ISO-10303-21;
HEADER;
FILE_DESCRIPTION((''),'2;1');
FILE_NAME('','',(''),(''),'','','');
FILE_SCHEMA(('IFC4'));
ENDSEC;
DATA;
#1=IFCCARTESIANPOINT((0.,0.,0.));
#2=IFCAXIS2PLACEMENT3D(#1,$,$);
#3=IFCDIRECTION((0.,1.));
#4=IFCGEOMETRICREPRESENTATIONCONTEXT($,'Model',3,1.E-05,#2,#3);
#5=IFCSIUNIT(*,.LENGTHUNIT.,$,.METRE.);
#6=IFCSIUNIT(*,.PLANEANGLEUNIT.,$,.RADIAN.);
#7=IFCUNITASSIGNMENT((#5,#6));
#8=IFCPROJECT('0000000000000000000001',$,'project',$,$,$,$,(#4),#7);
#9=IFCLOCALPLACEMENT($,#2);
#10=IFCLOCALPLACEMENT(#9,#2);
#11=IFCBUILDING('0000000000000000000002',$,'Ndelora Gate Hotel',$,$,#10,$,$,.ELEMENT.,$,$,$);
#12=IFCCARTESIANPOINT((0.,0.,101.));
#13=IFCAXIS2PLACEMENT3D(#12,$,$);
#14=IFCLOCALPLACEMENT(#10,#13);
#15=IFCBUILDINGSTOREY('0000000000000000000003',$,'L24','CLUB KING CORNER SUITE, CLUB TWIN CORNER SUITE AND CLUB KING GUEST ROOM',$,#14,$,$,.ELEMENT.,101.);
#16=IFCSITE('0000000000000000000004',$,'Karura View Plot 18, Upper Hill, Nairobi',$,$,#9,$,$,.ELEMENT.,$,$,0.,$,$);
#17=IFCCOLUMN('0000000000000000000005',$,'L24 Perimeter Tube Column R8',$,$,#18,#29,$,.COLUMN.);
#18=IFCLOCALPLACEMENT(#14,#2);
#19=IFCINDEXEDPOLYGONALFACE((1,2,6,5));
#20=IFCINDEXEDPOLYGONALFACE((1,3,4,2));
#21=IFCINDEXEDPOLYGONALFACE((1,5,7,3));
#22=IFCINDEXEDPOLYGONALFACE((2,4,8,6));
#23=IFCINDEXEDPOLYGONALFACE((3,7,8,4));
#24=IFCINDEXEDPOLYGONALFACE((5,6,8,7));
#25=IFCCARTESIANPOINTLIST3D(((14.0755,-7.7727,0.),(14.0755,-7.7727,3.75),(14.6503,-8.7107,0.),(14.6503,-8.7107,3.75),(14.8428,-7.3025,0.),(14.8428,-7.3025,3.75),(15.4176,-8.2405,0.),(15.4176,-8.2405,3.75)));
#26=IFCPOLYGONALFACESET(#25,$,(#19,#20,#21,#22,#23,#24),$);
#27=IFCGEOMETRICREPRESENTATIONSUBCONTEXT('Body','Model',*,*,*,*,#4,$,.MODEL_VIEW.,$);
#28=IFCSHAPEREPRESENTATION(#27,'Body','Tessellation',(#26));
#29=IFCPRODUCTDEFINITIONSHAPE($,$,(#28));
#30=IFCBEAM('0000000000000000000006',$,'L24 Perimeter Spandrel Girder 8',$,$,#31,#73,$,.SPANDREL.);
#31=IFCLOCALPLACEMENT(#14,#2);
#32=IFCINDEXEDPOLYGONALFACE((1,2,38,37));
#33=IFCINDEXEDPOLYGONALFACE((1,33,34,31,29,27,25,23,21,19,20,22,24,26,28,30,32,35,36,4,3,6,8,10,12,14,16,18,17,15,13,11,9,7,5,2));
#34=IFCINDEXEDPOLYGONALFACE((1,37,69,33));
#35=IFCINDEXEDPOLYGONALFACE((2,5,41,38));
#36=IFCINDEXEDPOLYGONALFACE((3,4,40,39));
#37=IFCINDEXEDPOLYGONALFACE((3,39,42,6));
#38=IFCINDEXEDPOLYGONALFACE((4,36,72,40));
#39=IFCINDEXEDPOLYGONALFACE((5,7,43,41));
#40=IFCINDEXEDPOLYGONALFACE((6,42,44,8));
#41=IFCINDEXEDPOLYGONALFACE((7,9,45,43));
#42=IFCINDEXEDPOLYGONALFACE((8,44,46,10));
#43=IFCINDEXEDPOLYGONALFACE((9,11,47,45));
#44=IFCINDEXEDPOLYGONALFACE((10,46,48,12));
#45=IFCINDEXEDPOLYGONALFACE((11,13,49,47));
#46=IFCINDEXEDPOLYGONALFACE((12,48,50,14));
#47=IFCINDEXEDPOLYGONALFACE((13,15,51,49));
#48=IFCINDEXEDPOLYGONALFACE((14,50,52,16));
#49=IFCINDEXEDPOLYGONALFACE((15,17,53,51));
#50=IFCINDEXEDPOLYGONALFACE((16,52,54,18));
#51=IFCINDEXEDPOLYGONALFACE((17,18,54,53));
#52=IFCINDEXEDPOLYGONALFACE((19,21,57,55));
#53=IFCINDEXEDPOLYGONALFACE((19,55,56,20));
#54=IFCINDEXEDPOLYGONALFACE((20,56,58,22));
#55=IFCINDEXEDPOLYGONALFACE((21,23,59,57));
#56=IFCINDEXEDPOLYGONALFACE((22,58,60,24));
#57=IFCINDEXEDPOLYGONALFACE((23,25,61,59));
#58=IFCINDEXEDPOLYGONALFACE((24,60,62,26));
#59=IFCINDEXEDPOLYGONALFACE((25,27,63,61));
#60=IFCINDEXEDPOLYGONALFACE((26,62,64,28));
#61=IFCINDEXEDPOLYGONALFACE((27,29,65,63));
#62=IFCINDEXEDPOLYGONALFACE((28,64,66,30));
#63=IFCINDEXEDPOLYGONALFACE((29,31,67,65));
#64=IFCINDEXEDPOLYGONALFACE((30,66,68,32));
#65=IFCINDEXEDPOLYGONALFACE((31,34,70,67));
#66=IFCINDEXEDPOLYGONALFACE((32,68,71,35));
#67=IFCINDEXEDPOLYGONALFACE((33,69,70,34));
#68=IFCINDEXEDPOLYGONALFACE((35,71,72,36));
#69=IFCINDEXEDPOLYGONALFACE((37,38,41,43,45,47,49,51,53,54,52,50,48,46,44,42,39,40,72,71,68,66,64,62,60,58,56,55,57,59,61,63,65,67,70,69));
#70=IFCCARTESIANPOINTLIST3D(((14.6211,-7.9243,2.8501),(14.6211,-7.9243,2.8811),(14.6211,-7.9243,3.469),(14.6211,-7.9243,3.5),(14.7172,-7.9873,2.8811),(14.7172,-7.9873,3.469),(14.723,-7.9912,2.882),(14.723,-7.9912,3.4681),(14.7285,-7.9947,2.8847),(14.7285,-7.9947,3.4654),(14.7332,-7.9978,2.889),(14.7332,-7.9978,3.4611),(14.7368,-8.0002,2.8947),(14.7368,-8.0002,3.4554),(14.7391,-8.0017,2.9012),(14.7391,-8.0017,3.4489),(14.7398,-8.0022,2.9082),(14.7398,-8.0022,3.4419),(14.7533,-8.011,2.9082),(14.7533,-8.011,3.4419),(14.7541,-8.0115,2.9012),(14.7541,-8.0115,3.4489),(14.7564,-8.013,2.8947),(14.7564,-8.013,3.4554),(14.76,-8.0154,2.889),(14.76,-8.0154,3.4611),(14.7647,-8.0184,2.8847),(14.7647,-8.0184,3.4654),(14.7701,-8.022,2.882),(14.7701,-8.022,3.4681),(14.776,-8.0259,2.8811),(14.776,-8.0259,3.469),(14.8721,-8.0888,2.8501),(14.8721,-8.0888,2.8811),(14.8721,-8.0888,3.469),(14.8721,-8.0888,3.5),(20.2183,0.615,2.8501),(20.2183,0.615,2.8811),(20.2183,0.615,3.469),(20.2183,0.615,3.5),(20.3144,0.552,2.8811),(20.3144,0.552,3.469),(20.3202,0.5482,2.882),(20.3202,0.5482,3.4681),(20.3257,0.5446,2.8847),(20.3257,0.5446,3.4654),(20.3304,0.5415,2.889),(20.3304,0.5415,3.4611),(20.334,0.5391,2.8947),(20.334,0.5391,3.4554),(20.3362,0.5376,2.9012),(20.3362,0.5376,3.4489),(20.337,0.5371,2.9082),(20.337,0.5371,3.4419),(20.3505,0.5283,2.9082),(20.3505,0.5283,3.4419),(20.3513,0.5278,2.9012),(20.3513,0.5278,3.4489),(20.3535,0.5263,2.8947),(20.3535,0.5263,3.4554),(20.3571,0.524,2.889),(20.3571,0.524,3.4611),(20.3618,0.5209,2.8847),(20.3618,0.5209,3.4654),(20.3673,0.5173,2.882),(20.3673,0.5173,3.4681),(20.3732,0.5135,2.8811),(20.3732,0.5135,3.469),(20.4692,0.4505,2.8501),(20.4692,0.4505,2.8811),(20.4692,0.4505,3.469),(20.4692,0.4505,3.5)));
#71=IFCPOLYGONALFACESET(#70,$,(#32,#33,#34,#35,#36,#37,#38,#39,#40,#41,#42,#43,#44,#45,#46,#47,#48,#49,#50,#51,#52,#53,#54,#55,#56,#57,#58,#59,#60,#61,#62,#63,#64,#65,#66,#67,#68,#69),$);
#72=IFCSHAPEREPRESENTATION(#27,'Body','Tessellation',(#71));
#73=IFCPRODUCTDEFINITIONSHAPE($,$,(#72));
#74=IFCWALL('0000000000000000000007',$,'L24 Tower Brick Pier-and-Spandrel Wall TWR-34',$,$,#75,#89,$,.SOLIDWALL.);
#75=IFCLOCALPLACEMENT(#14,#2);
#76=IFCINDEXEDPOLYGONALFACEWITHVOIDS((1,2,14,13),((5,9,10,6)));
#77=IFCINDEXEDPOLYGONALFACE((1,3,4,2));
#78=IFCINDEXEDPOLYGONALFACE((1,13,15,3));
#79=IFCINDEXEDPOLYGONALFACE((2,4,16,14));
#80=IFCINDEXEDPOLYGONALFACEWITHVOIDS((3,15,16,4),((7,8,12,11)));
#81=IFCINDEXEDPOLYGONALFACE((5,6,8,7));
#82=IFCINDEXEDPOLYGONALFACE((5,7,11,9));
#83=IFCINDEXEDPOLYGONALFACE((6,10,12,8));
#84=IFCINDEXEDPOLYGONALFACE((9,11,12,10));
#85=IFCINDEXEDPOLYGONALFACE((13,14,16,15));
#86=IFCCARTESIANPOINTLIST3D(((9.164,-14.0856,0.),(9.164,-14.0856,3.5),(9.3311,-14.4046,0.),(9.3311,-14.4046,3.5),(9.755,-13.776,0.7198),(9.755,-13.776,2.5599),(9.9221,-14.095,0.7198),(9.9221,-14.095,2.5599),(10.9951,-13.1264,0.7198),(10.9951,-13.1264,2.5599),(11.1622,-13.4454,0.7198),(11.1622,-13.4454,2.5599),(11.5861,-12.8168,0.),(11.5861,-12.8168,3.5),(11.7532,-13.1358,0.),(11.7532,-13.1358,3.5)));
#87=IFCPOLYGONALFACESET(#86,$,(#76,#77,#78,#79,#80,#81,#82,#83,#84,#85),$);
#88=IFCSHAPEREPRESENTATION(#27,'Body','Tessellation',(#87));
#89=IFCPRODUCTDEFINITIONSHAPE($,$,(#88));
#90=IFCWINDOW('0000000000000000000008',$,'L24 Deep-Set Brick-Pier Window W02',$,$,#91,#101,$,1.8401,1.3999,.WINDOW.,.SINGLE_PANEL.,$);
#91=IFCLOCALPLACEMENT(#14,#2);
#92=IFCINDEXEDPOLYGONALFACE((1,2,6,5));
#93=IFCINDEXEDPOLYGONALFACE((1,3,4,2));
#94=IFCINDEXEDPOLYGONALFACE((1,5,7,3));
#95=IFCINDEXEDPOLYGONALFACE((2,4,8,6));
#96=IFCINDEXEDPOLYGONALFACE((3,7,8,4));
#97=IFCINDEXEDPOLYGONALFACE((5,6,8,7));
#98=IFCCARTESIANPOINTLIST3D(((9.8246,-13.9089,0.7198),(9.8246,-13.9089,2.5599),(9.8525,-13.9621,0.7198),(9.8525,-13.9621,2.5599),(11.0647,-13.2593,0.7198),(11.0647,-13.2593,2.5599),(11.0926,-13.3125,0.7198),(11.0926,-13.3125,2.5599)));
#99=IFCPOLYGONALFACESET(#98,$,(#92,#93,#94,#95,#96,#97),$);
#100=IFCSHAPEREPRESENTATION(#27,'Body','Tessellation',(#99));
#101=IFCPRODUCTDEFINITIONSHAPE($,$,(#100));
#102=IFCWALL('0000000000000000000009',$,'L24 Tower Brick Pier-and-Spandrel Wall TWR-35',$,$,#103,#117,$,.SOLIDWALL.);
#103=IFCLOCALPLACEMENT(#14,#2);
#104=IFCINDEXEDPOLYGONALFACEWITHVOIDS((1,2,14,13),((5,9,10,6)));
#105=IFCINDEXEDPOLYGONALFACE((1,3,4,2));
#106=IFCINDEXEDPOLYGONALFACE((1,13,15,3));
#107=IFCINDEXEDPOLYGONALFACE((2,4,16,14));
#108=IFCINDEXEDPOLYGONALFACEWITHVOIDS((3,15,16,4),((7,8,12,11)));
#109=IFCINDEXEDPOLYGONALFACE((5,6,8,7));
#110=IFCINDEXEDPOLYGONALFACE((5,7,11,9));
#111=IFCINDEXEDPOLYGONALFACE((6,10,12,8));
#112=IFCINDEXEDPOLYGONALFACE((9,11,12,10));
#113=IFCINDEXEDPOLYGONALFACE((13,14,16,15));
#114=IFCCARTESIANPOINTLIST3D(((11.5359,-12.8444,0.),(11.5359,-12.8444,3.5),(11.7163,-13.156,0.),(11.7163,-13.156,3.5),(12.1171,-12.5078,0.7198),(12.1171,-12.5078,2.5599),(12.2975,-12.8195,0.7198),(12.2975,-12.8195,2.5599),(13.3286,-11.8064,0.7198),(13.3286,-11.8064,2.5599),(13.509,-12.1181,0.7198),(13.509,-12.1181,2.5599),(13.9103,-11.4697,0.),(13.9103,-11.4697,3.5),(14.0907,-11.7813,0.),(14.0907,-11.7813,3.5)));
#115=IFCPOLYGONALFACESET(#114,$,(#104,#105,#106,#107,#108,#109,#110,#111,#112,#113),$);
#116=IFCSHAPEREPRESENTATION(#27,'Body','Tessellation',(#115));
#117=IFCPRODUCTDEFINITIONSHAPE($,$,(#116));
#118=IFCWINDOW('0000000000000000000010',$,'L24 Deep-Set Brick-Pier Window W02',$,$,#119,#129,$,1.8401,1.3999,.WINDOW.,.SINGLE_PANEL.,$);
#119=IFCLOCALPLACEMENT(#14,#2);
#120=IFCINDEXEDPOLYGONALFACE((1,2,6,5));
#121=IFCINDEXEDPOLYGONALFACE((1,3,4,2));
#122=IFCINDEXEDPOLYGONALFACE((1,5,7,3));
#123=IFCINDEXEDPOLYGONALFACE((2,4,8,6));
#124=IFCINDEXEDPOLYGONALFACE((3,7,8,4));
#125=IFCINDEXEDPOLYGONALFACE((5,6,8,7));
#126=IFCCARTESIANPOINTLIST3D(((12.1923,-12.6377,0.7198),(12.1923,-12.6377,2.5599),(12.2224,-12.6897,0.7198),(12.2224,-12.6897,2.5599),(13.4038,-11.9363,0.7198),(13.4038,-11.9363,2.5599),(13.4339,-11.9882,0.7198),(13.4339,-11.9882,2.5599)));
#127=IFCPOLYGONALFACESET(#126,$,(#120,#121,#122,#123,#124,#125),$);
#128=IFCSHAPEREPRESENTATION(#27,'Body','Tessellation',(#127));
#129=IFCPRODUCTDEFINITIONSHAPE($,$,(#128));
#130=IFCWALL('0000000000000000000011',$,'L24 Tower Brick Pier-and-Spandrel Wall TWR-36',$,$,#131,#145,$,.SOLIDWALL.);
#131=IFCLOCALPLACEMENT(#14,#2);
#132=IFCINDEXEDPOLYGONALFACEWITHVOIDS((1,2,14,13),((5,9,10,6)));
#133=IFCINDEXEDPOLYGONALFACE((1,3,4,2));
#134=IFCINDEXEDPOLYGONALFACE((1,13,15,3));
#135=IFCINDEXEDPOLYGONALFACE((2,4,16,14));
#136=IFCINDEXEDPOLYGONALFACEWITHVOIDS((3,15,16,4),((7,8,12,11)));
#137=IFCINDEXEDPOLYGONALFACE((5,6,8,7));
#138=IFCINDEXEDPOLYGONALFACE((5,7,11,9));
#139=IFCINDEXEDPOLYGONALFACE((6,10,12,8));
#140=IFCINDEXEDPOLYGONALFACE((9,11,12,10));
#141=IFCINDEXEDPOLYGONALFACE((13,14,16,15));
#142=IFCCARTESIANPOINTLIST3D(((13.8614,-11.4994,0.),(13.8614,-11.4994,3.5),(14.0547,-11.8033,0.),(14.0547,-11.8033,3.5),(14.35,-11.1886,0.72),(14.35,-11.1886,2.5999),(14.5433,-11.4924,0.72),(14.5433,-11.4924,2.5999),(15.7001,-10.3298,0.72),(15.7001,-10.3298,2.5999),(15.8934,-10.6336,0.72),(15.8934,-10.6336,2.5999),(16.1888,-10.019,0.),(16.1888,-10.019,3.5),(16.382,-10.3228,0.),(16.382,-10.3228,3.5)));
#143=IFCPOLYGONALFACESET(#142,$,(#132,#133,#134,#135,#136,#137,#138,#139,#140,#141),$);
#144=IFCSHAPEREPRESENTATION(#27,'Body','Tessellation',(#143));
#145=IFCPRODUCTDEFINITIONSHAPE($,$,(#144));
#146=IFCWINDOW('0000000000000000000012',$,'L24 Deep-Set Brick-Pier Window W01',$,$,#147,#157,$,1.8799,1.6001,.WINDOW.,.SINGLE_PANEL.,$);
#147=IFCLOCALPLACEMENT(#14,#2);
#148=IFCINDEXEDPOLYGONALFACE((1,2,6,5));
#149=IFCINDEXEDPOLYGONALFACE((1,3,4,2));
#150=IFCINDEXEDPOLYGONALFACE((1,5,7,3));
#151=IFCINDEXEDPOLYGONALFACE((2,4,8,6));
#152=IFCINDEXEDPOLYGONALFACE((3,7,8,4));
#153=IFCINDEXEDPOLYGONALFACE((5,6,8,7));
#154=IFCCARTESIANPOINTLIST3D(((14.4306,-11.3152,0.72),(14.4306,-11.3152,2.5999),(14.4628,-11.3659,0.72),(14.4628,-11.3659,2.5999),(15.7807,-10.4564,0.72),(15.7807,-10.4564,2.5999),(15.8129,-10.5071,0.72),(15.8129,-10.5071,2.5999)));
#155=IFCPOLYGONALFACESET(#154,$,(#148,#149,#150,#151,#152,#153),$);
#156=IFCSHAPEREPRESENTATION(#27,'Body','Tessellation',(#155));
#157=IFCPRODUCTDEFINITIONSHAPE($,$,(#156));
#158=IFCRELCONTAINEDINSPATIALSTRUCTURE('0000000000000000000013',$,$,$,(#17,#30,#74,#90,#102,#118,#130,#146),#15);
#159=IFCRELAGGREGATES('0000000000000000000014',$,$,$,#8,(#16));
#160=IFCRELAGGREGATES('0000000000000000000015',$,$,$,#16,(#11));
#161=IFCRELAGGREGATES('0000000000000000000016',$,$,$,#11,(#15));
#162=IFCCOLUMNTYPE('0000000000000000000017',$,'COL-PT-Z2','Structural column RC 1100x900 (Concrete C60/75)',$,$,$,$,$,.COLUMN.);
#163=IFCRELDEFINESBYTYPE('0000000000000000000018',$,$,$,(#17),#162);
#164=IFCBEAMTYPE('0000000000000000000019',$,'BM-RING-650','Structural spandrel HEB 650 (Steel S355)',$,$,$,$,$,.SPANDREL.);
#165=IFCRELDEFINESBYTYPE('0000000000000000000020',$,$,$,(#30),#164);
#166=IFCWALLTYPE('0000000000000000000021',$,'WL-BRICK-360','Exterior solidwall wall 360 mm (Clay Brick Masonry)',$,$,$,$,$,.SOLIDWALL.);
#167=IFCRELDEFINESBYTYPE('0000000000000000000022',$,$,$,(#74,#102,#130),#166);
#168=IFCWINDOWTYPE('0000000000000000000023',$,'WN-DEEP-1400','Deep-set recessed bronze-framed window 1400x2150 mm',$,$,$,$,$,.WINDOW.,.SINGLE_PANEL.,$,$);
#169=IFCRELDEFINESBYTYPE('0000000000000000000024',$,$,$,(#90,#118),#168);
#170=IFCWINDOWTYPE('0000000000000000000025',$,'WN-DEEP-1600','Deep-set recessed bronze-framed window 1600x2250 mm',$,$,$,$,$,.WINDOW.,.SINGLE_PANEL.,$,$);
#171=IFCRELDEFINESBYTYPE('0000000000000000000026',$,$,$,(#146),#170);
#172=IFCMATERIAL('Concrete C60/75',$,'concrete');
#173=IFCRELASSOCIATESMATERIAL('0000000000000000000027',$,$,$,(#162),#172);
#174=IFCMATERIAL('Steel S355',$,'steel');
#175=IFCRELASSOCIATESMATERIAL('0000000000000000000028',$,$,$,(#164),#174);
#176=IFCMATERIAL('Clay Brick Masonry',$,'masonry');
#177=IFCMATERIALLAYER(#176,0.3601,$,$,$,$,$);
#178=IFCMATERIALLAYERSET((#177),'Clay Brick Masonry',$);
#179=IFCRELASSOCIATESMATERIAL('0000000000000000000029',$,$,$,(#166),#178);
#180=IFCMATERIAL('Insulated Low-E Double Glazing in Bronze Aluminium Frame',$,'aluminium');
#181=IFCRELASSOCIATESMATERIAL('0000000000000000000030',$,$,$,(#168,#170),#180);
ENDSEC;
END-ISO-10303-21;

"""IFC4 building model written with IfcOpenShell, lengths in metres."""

from ifc_helpers import new_model, si_unit, direction, frame, frame_2d, origin, origin_2d, place, context, subcontext, project, spatial, rectangle, i_section, extrude, material, layer, layer_set, material_profile, profile_set, type_object, element, fill, save


model = new_model("IFC4")

# Units and contexts
model_context = context("Model", 3, precision=1e-05, world=origin(), true_north=direction((0.0, 1.0)))
body_context = subcontext(model_context, "Body", "Model", "MODEL_VIEW")
ifc_project = project(units=[si_unit("LENGTHUNIT", "METRE"), si_unit("PLANEANGLEUNIT", "RADIAN")], contexts=[model_context])

# Site, building, storey
site_placement = place(None, origin())
site = spatial("IfcSite", under=ifc_project, at=site_placement, Name="Karura View Plot 18, Upper Hill, Nairobi", CompositionType="ELEMENT", RefElevation=0.0)
building_placement = place(site_placement, origin())
building = spatial("IfcBuilding", under=site, at=building_placement, Name="Ndelora Gate Hotel", CompositionType="ELEMENT")
storey_placement = place(building_placement, frame((0.0, 0.0, 101.0)))
storey = spatial("IfcBuildingStorey", under=building, at=storey_placement, Name="L24", Description="CLUB KING CORNER SUITE, CLUB TWIN CORNER SUITE AND CLUB KING GUEST ROOM", CompositionType="ELEMENT", Elevation=101.0)

# Column
ifc_material_1 = material(Name="Concrete C60/75", Category="concrete")
ifc_material_profile_1 = material_profile(ifc_material_1, rectangle(XDim=0.8999, YDim=1.1001, at=origin_2d()), Name="RC 1100x900")
ifc_profile_set_1 = profile_set([ifc_material_profile_1], Name="Concrete C60/75")
column_type = type_object("IfcColumnType", Name="COL-PT-Z2", Description="Structural column RC 1100x900 (Concrete C60/75)", PredefinedType="COLUMN", material=ifc_profile_set_1)
column_placement = place(storey_placement, frame((14.7466, -8.0066, 0.0), z_axis=(0.0, 0.0, 1.0), x_axis=(0.85264, 0.522499, 0.0)))
element("IfcColumn", 1, at=column_placement, inside=storey, type_object=column_type, Name="L24 Perimeter Tube Column R8", PredefinedType="COLUMN", context=body_context, shape_type="SweptSolid", body=[
    extrude(rectangle(XDim=0.8999, YDim=1.1001, at=origin_2d()), origin(), (0.0, 0.0, 1.0), 3.75),
])

# Beam
ifc_material_2 = material(Name="Steel S355", Category="steel")
ifc_material_profile_2 = material_profile(ifc_material_2, i_section(OverallWidth=0.3, OverallDepth=0.6499, WebThickness=0.0161, FlangeThickness=0.031, FilletRadius=0.0271, at=origin_2d()), Name="HEB 650")
ifc_profile_set_2 = profile_set([ifc_material_profile_2], Name="Steel S355")
beam_type = type_object("IfcBeamType", Name="BM-RING-650", Description="Structural spandrel HEB 650 (Steel S355)", PredefinedType="SPANDREL", material=ifc_profile_set_2)
beam_placement = place(storey_placement, frame((14.7466, -8.0066, 3.175), z_axis=(0.548194, 0.836351, 0.0), x_axis=(-0.836351, 0.548194, 0.0)))
element("IfcBeam", 2, at=beam_placement, inside=storey, type_object=beam_type, Name="L24 Perimeter Spandrel Girder 8", PredefinedType="SPANDREL", context=body_context, shape_type="SweptSolid", body=[
    extrude(i_section(OverallWidth=0.3, OverallDepth=0.6499, WebThickness=0.0161, FlangeThickness=0.031, FilletRadius=0.0271, at=origin_2d()), origin(), (0.0, 0.0, 1.0), 10.2102),
])

# Walls, openings, windows
ifc_material_3 = material(Name="Clay Brick Masonry", Category="masonry")
ifc_layer_1 = layer(ifc_material_3, 0.3601)
ifc_layer_set_1 = layer_set([ifc_layer_1], Name="Clay Brick Masonry")
wall_type_1 = type_object("IfcWallType", Name="WL-BRICK-360", Description="Exterior solidwall wall 360 mm (Clay Brick Masonry)", PredefinedType="SOLIDWALL", material=ifc_layer_set_1)
wall_1_placement = place(storey_placement, frame((11.6697, -12.9763, 0.0), z_axis=(0.0, 0.0, 1.0), x_axis=(-0.885821, -0.464027, 0.0)))
wall_1 = element("IfcWall", 3, at=wall_1_placement, inside=storey, type_object=wall_type_1, Name="L24 Tower Brick Pier-and-Spandrel Wall TWR-34", PredefinedType="SOLIDWALL", context=body_context, shape_type="SweptSolid", body=[
    extrude(rectangle(XDim=2.7344, YDim=0.3601, at=frame_2d((1.3672, 0.0))), origin(), (0.0, 0.0, 1.0), 3.5),
])
opening_1_placement = place(wall_1_placement, frame((0.6672, 0.0, 0.72)))
opening_1 = element("IfcOpeningElement", 4, at=opening_1_placement, cuts=wall_1, PredefinedType="OPENING", context=body_context, shape_type="SweptSolid", body=[
    extrude(rectangle(XDim=1.3999, YDim=1.8401, at=frame_2d((0.7, 0.9199))), frame((0.0, 0.1899, 0.0), z_axis=(0.0, -1.0, 0.0), x_axis=(1.0, 0.0, 0.0)), (0.0, 0.0, 1.0), 0.3801),
])
ifc_material_4 = material(Name="Insulated Low-E Double Glazing in Bronze Aluminium Frame", Category="aluminium")
window_type_1 = type_object("IfcWindowType", Name="WN-DEEP-1400", Description="Deep-set recessed bronze-framed window 1400x2150 mm", PartitioningType="SINGLE_PANEL", PredefinedType="WINDOW", material=ifc_material_4)
window_1_placement = place(opening_1_placement, origin())
window_1 = element("IfcWindow", 5, at=window_1_placement, inside=storey, type_object=window_type_1, Name="L24 Deep-Set Brick-Pier Window W02", OverallHeight=1.8401, OverallWidth=1.3999, PartitioningType="SINGLE_PANEL", PredefinedType="WINDOW", context=body_context, shape_type="SweptSolid", body=[
    extrude(rectangle(XDim=1.3999, YDim=1.8401, at=frame_2d((0.7, 0.9199))), frame((0.0, 0.03, 0.0), z_axis=(0.0, -1.0, 0.0), x_axis=(1.0, 0.0, 0.0)), (0.0, 0.0, 1.0), 0.0601),
])
fill(opening_1, window_1)
wall_2_placement = place(storey_placement, frame((14.0005, -11.6255, 0.0), z_axis=(0.0, 0.0, 1.0), x_axis=(-0.86542, -0.501047, 0.0)))
wall_2 = element("IfcWall", 6, at=wall_2_placement, inside=storey, type_object=wall_type_1, Name="L24 Tower Brick Pier-and-Spandrel Wall TWR-35", PredefinedType="SOLIDWALL", context=body_context, shape_type="SweptSolid", body=[
    extrude(rectangle(XDim=2.7437, YDim=0.3601, at=frame_2d((1.3718, 0.0))), origin(), (0.0, 0.0, 1.0), 3.5),
])
opening_2_placement = place(wall_2_placement, frame((0.6721, 0.0, 0.72)))
opening_2 = element("IfcOpeningElement", 7, at=opening_2_placement, cuts=wall_2, PredefinedType="OPENING", context=body_context, shape_type="SweptSolid", body=[
    extrude(rectangle(XDim=1.3999, YDim=1.8401, at=frame_2d((0.7, 0.9199))), frame((0.0, 0.1899, 0.0), z_axis=(0.0, -1.0, 0.0), x_axis=(1.0, 0.0, 0.0)), (0.0, 0.0, 1.0), 0.3801),
])
window_2_placement = place(opening_2_placement, origin())
window_2 = element("IfcWindow", 8, at=window_2_placement, inside=storey, type_object=window_type_1, Name="L24 Deep-Set Brick-Pier Window W02", OverallHeight=1.8401, OverallWidth=1.3999, PartitioningType="SINGLE_PANEL", PredefinedType="WINDOW", context=body_context, shape_type="SweptSolid", body=[
    extrude(rectangle(XDim=1.3999, YDim=1.8401, at=frame_2d((0.7, 0.9199))), frame((0.0, 0.03, 0.0), z_axis=(0.0, -1.0, 0.0), x_axis=(1.0, 0.0, 0.0)), (0.0, 0.0, 1.0), 0.0601),
])
fill(opening_2, window_2)
wall_3_placement = place(storey_placement, frame((16.2854, -10.1709, 0.0), z_axis=(0.0, 0.0, 1.0), x_axis=(-0.84376, -0.536721, 0.0)))
wall_3 = element("IfcWall", 9, at=wall_3_placement, inside=storey, type_object=wall_type_1, Name="L24 Tower Brick Pier-and-Spandrel Wall TWR-36", PredefinedType="SOLIDWALL", context=body_context, shape_type="SweptSolid", body=[
    extrude(rectangle(XDim=2.7583, YDim=0.3601, at=frame_2d((1.3792, 0.0))), origin(), (0.0, 0.0, 1.0), 3.5),
])
opening_3_placement = place(wall_3_placement, frame((0.5791, 0.0, 0.72)))
opening_3 = element("IfcOpeningElement", 10, at=opening_3_placement, cuts=wall_3, PredefinedType="OPENING", context=body_context, shape_type="SweptSolid", body=[
    extrude(rectangle(XDim=1.6001, YDim=1.8799, at=frame_2d((0.8, 0.9399))), frame((0.0, 0.1899, 0.0), z_axis=(0.0, -1.0, 0.0), x_axis=(1.0, 0.0, 0.0)), (0.0, 0.0, 1.0), 0.3801),
])
window_type_2 = type_object("IfcWindowType", Name="WN-DEEP-1600", Description="Deep-set recessed bronze-framed window 1600x2250 mm", PartitioningType="SINGLE_PANEL", PredefinedType="WINDOW", material=ifc_material_4)
window_3_placement = place(opening_3_placement, origin())
window_3 = element("IfcWindow", 11, at=window_3_placement, inside=storey, type_object=window_type_2, Name="L24 Deep-Set Brick-Pier Window W01", OverallHeight=1.8799, OverallWidth=1.6001, PartitioningType="SINGLE_PANEL", PredefinedType="WINDOW", context=body_context, shape_type="SweptSolid", body=[
    extrude(rectangle(XDim=1.6001, YDim=1.8799, at=frame_2d((0.8, 0.9399))), frame((0.0, 0.03, 0.0), z_axis=(0.0, -1.0, 0.0), x_axis=(1.0, 0.0, 0.0)), (0.0, 0.0, 1.0), 0.0601),
])
fill(opening_3, window_3)

save(model, "model.ifc")
